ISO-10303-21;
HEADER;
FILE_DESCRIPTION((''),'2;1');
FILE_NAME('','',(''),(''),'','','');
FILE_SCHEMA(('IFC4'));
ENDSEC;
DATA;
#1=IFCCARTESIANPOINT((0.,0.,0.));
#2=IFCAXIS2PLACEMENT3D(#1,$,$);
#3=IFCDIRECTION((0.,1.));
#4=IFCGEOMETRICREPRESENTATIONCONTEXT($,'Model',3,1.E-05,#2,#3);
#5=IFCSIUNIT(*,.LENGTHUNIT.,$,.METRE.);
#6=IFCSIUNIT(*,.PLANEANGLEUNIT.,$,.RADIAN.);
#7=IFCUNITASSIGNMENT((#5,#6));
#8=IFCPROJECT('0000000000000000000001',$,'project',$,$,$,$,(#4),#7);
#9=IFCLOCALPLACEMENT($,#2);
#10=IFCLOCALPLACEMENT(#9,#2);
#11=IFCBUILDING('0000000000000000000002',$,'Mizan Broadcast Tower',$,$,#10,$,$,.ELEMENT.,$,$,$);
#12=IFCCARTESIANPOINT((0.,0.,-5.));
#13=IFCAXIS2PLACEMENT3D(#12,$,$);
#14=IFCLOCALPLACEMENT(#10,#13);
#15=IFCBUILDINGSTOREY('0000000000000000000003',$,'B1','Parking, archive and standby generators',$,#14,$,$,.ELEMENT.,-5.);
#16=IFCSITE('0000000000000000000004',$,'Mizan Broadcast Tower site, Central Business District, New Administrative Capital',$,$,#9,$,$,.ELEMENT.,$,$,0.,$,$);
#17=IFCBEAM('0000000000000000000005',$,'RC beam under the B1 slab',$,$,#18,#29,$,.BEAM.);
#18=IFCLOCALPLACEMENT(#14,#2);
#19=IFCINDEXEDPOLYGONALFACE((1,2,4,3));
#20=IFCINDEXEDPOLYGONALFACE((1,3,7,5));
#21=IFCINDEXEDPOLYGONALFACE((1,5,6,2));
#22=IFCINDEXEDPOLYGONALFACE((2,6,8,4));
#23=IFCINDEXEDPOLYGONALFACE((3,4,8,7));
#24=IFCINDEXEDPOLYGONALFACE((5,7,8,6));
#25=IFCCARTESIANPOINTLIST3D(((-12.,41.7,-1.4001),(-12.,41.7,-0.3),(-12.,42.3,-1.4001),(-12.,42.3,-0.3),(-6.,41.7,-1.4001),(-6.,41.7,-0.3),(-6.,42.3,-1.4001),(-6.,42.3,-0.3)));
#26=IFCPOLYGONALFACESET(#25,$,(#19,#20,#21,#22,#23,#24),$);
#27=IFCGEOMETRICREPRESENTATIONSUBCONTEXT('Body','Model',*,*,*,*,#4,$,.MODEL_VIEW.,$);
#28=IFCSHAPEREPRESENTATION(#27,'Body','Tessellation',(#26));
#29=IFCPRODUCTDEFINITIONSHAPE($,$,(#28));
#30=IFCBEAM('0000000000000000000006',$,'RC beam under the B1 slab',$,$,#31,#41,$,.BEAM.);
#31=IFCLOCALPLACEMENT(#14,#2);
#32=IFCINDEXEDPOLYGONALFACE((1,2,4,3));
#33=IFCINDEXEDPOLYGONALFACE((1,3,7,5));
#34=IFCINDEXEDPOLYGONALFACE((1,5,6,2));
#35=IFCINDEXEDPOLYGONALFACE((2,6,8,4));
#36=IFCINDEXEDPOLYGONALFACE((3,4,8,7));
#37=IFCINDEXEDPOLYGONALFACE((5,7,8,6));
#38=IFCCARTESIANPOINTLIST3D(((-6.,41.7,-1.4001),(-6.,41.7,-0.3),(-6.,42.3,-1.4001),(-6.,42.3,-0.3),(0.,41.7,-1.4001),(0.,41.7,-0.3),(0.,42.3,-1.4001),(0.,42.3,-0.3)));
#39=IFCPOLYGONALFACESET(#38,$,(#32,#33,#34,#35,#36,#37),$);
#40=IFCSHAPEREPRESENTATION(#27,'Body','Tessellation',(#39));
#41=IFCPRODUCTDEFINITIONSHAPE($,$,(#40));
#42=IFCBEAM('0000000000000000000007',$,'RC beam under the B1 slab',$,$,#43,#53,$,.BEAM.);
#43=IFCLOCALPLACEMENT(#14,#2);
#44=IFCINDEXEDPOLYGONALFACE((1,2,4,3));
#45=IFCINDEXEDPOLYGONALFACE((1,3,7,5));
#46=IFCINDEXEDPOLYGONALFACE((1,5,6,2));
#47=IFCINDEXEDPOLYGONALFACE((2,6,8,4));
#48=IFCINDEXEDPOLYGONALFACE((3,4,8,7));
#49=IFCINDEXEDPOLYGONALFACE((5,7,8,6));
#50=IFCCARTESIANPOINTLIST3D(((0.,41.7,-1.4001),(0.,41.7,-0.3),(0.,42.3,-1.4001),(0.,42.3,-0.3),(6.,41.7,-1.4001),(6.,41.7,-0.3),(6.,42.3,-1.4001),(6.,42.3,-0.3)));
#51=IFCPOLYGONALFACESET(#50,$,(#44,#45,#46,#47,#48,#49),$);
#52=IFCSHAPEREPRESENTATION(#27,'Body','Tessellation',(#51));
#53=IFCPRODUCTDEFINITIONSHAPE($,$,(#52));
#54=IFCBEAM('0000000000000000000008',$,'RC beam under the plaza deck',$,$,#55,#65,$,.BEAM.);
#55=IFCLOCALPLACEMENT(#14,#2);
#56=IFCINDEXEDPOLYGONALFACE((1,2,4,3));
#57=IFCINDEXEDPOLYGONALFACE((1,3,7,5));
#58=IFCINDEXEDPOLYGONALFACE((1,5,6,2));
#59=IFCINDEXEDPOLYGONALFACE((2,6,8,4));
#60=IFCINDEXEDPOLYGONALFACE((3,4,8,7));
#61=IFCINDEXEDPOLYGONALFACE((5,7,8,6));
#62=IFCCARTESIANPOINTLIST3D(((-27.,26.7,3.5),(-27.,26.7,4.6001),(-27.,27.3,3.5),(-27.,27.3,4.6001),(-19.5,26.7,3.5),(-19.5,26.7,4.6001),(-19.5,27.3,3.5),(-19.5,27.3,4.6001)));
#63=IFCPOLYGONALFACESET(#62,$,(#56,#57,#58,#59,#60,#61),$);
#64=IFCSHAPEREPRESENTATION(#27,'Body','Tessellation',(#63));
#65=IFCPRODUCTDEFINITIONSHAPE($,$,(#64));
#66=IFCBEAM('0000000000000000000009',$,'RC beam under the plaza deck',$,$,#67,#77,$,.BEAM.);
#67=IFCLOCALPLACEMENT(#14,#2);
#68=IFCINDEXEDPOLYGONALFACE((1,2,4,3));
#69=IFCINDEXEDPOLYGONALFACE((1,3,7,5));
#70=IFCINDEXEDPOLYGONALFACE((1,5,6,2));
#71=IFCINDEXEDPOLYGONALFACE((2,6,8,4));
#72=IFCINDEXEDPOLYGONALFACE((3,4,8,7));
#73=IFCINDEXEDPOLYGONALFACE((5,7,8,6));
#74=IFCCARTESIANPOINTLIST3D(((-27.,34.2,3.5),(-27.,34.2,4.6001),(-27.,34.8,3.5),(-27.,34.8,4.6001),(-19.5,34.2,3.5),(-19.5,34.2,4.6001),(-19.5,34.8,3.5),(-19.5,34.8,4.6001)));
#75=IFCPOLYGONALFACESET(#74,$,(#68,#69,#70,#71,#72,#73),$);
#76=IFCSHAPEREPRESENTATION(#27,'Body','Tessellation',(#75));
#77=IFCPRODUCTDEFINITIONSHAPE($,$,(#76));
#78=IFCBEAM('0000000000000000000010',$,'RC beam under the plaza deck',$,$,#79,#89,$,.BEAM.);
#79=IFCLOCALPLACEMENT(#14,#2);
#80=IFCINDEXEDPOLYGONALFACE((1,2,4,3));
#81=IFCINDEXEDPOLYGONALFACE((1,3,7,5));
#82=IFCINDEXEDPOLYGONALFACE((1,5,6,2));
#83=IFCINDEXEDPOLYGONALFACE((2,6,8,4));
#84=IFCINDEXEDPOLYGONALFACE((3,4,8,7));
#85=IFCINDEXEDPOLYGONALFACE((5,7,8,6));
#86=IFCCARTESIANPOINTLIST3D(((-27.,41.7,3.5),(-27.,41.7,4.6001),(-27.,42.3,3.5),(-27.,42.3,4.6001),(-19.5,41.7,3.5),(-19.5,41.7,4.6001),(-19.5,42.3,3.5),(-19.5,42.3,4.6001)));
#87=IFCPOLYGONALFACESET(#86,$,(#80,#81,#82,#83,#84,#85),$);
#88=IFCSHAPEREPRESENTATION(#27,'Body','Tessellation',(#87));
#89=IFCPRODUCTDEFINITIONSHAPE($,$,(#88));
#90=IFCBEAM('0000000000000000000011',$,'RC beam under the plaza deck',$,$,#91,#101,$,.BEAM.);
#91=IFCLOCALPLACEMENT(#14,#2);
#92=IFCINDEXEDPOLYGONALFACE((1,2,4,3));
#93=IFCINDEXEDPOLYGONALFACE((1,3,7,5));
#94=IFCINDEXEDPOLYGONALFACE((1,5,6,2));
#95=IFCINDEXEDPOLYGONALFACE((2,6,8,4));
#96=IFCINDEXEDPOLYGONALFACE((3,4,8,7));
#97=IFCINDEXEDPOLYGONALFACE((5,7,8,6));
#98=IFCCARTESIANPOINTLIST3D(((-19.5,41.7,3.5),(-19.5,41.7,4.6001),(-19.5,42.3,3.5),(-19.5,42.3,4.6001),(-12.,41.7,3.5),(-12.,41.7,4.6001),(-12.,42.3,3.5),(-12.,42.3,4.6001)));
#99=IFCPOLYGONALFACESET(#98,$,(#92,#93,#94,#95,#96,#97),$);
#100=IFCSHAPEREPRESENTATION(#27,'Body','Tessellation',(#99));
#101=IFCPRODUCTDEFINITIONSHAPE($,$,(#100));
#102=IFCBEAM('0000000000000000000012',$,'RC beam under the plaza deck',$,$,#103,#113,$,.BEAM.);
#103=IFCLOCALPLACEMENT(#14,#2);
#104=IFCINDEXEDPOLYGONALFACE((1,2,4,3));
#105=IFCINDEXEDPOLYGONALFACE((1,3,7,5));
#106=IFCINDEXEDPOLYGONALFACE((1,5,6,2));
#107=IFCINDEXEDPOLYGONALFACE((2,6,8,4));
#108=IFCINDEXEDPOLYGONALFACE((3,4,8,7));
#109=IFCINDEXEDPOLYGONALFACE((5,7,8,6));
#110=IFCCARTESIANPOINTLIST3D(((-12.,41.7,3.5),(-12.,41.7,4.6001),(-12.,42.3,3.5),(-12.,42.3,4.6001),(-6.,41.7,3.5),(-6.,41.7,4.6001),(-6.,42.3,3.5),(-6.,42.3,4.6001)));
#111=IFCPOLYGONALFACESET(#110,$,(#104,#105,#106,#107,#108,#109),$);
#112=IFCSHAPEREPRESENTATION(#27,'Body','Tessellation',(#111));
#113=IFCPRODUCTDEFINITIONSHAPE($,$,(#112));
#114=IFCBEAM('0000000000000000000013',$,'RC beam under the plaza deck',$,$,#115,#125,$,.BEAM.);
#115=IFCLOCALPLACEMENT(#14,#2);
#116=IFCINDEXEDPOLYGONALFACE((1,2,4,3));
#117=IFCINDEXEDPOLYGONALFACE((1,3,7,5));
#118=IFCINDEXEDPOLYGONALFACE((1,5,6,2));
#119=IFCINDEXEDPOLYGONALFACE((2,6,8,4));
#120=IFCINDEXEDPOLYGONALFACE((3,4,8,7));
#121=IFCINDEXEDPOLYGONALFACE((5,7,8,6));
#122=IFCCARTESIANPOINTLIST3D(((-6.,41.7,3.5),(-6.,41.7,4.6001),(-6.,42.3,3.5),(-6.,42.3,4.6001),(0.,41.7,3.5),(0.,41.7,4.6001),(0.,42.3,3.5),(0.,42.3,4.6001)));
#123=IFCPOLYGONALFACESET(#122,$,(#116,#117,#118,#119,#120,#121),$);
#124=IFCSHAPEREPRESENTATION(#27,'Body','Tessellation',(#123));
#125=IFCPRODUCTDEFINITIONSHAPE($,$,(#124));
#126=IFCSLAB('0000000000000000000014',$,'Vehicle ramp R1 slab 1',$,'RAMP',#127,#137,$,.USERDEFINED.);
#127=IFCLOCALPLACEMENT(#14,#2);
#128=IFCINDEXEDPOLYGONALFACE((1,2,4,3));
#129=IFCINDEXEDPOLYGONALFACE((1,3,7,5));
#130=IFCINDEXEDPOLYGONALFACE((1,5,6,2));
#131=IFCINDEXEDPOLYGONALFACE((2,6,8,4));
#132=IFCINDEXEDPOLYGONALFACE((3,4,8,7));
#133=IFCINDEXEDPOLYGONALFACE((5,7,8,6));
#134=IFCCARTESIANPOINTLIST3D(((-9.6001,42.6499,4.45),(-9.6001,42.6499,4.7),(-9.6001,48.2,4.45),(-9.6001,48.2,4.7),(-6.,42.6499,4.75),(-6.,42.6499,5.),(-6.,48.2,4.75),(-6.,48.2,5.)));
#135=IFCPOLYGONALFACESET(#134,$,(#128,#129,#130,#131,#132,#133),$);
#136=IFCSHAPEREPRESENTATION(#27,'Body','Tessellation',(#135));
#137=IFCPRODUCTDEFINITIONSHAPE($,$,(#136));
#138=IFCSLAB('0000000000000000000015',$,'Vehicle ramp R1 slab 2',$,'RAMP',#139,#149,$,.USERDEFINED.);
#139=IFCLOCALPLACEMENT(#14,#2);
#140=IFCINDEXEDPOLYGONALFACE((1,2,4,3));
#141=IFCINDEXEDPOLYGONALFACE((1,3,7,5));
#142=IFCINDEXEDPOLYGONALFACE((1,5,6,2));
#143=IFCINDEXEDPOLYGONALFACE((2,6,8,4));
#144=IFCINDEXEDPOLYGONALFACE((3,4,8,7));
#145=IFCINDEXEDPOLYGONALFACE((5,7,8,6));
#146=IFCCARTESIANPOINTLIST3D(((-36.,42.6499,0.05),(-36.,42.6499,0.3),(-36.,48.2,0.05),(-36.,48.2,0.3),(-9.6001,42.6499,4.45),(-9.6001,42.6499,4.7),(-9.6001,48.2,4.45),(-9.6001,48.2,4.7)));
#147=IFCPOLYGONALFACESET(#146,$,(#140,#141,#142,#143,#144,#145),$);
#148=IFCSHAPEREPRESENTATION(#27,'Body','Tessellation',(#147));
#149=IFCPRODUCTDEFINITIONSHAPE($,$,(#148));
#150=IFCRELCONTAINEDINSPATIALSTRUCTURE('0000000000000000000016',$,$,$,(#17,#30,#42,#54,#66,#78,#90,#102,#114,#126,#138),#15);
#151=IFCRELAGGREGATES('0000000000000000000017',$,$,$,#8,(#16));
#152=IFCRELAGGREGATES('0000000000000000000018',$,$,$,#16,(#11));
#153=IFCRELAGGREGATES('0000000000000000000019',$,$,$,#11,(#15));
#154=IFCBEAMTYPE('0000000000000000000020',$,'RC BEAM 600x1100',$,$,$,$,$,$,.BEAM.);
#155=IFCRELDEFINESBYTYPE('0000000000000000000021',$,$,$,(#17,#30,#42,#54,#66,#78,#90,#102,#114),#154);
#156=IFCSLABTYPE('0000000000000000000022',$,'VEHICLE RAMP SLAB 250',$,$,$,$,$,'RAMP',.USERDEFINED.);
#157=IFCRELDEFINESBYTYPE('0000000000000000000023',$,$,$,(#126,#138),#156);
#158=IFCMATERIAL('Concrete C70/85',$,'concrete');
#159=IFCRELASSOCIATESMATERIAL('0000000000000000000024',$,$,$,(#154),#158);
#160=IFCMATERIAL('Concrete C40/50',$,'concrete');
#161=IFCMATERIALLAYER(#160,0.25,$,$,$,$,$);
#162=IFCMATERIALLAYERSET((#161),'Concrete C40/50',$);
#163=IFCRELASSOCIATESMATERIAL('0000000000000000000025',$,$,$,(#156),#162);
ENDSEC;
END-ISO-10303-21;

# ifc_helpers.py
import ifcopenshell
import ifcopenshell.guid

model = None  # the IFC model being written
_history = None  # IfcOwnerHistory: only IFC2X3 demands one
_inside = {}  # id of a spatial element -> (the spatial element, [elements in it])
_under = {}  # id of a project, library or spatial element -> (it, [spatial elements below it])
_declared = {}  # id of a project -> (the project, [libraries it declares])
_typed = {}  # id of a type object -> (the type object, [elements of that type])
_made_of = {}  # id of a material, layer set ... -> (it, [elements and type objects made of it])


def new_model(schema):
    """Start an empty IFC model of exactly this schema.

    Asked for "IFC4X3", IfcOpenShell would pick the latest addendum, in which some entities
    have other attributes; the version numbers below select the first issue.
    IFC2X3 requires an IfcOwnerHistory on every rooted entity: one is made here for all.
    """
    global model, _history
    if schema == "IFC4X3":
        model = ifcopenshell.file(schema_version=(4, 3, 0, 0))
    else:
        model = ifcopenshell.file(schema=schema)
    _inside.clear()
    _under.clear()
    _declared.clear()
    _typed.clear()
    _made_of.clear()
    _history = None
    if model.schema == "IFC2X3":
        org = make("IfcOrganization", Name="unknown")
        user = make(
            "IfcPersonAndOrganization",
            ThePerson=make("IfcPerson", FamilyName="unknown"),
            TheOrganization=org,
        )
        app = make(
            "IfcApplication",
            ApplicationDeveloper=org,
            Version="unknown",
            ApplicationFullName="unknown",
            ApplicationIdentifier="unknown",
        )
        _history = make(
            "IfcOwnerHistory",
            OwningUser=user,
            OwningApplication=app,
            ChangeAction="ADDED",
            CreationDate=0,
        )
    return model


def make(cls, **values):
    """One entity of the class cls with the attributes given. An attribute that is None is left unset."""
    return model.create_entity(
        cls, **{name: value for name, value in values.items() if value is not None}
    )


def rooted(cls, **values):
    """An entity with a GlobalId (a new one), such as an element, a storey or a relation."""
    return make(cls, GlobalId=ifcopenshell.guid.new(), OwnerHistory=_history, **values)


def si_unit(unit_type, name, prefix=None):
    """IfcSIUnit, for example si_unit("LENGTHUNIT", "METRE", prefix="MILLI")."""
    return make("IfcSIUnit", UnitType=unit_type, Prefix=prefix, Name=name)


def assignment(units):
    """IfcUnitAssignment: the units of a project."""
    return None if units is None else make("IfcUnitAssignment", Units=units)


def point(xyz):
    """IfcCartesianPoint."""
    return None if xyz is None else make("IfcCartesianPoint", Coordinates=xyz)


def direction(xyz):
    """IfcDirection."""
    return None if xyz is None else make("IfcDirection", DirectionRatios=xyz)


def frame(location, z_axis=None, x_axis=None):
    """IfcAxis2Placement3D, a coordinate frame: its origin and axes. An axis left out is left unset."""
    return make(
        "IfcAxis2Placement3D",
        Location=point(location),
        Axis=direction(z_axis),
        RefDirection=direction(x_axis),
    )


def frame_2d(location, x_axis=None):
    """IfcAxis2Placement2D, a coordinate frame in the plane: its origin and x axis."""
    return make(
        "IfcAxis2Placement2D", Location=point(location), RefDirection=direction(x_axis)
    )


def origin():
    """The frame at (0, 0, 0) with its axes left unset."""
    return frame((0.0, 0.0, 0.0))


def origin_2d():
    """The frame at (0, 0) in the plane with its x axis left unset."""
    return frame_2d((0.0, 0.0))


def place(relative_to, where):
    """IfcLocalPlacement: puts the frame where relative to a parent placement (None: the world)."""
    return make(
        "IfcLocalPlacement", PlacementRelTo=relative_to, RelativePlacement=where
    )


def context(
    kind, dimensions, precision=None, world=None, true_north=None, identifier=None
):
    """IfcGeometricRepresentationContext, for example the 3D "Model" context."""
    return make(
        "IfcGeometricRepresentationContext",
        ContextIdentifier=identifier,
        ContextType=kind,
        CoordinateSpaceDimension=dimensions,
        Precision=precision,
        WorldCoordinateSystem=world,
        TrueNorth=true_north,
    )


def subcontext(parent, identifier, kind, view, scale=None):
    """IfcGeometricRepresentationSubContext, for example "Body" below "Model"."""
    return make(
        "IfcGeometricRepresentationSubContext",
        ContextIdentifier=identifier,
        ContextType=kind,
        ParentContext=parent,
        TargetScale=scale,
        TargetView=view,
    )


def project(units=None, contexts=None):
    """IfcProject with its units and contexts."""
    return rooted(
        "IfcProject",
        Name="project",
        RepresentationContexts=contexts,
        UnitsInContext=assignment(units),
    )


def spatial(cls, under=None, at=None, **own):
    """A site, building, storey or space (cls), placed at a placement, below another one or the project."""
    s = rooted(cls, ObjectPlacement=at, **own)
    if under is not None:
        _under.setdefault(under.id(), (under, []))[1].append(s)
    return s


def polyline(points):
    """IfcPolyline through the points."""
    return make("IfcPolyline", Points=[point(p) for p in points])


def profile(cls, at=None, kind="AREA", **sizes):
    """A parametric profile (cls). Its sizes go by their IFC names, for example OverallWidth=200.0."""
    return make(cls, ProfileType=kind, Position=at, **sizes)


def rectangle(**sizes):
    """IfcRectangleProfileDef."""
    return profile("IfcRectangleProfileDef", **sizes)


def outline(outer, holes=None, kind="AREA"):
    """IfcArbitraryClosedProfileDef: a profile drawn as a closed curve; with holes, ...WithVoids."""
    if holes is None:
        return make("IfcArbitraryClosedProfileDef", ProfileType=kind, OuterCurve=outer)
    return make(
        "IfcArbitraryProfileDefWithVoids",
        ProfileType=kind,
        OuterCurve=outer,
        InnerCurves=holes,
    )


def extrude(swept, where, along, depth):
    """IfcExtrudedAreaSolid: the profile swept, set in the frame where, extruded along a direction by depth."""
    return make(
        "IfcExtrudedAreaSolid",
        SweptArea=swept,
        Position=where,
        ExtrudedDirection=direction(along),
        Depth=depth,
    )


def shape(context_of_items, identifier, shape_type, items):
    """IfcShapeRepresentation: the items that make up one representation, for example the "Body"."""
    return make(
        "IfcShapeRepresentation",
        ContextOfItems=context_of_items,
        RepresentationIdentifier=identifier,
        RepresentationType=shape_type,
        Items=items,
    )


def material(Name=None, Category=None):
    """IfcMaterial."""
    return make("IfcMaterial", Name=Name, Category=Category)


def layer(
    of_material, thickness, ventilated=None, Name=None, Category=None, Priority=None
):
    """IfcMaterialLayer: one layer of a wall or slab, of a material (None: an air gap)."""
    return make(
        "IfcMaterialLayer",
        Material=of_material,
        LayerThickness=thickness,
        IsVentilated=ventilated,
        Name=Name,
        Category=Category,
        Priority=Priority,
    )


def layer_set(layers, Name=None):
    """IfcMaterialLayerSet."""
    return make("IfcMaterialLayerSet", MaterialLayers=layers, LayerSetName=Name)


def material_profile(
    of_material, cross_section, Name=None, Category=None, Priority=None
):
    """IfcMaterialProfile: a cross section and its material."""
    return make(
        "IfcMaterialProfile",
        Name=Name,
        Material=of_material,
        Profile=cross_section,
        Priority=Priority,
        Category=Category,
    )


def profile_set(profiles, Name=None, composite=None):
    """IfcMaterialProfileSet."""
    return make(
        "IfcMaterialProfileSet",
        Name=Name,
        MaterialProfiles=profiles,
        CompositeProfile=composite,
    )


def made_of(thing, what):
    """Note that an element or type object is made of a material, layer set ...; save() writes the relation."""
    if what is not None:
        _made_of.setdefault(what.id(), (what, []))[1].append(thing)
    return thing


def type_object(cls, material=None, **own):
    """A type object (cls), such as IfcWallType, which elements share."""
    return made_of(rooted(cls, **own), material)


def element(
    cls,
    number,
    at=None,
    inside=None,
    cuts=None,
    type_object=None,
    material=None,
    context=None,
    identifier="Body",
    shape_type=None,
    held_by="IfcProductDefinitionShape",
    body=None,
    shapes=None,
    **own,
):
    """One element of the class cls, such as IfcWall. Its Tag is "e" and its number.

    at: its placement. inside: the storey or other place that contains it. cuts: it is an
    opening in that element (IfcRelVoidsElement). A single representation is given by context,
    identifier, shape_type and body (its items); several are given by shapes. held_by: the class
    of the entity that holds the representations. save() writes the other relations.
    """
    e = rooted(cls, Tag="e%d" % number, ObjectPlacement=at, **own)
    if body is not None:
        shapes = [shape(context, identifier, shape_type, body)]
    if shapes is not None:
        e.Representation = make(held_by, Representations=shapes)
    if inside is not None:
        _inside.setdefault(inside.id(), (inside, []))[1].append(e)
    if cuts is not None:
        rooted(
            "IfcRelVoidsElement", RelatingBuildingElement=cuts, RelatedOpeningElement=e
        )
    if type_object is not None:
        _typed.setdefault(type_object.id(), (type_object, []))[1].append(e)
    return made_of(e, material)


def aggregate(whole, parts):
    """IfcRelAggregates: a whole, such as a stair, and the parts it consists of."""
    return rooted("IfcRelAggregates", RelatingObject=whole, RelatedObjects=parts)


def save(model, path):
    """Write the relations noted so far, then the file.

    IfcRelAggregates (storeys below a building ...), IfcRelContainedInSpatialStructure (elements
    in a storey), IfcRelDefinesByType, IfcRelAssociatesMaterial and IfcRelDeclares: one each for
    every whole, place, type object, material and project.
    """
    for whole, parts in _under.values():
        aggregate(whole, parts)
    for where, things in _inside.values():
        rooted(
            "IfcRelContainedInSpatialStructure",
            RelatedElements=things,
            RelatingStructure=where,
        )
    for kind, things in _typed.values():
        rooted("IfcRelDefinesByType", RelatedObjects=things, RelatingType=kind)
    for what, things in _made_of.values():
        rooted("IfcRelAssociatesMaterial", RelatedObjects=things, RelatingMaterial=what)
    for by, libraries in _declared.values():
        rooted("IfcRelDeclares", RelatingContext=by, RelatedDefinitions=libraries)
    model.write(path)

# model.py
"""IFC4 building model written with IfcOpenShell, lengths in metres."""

from ifc_helpers import new_model, si_unit, direction, frame, origin, origin_2d, place, context, subcontext, project, spatial, polyline, rectangle, outline, extrude, material, layer, layer_set, material_profile, profile_set, type_object, element, save


model = new_model("IFC4")

# Units and contexts
model_context = context("Model", 3, precision=1e-05, world=origin(), true_north=direction((0.0, 1.0)))
body_context = subcontext(model_context, "Body", "Model", "MODEL_VIEW")
ifc_project = project(units=[si_unit("LENGTHUNIT", "METRE"), si_unit("PLANEANGLEUNIT", "RADIAN")], contexts=[model_context])

# Site, building, storey
site_placement = place(None, origin())
site = spatial("IfcSite", under=ifc_project, at=site_placement, Name="Mizan Broadcast Tower site, Central Business District, New Administrative Capital", CompositionType="ELEMENT", RefElevation=0.0)
building_placement = place(site_placement, origin())
building = spatial("IfcBuilding", under=site, at=building_placement, Name="Mizan Broadcast Tower", CompositionType="ELEMENT")
storey_placement = place(building_placement, frame((0.0, 0.0, -5.0)))
storey = spatial("IfcBuildingStorey", under=building, at=storey_placement, Name="B1", Description="Parking, archive and standby generators", CompositionType="ELEMENT", Elevation=-5.0)

# Beams
ifc_material_1 = material(Name="Concrete C70/85", Category="concrete")
ifc_material_profile_1 = material_profile(ifc_material_1, rectangle(XDim=0.6001, YDim=1.1001, at=origin_2d()), Name="RC 600x1100")
ifc_profile_set_1 = profile_set([ifc_material_profile_1], Name="Concrete C70/85")
beam_type = type_object("IfcBeamType", Name="RC BEAM 600x1100", PredefinedType="BEAM", material=ifc_profile_set_1)
for number, where, z_axis, x_axis, name in (
    (1, (-12.0, 42.0, -0.8501), (1.0, 0.0, 0.0), (0.0, 1.0, 0.0), "RC beam under the B1 slab"),
    (2, (-6.0, 42.0, -0.8501), (1.0, 0.0, 0.0), (0.0, 1.0, 0.0), "RC beam under the B1 slab"),
    (3, (0.0, 42.0, -0.8501), (1.0, 0.0, 0.0), (0.0, 1.0, 0.0), "RC beam under the B1 slab"),
):
    element("IfcBeam", number, at=place(storey_placement, frame(where, z_axis=z_axis, x_axis=x_axis)), inside=storey, type_object=beam_type, Name=name, PredefinedType="BEAM", context=body_context, shape_type="SweptSolid", body=[
        extrude(rectangle(XDim=0.6001, YDim=1.1001, at=origin_2d()), origin(), (0.0, 0.0, 1.0), 6.0),
    ])
for number, where, z_axis, x_axis, name in (
    (4, (-27.0, 27.0, 4.05), (1.0, 0.0, 0.0), (0.0, 1.0, 0.0), "RC beam under the plaza deck"),
    (5, (-27.0, 34.5, 4.05), (1.0, 0.0, 0.0), (0.0, 1.0, 0.0), "RC beam under the plaza deck"),
    (6, (-27.0, 42.0, 4.05), (1.0, 0.0, 0.0), (0.0, 1.0, 0.0), "RC beam under the plaza deck"),
    (7, (-19.5, 42.0, 4.05), (1.0, 0.0, 0.0), (0.0, 1.0, 0.0), "RC beam under the plaza deck"),
):
    element("IfcBeam", number, at=place(storey_placement, frame(where, z_axis=z_axis, x_axis=x_axis)), inside=storey, type_object=beam_type, Name=name, PredefinedType="BEAM", context=body_context, shape_type="SweptSolid", body=[
        extrude(rectangle(XDim=0.6001, YDim=1.1001, at=origin_2d()), origin(), (0.0, 0.0, 1.0), 7.5),
    ])
for number, where, z_axis, x_axis, name in (
    (8, (-12.0, 42.0, 4.05), (1.0, 0.0, 0.0), (0.0, 1.0, 0.0), "RC beam under the plaza deck"),
    (9, (-6.0, 42.0, 4.05), (1.0, 0.0, 0.0), (0.0, 1.0, 0.0), "RC beam under the plaza deck"),
):
    element("IfcBeam", number, at=place(storey_placement, frame(where, z_axis=z_axis, x_axis=x_axis)), inside=storey, type_object=beam_type, Name=name, PredefinedType="BEAM", context=body_context, shape_type="SweptSolid", body=[
        extrude(rectangle(XDim=0.6001, YDim=1.1001, at=origin_2d()), origin(), (0.0, 0.0, 1.0), 6.0),
    ])

# Slabs
ifc_material_2 = material(Name="Concrete C40/50", Category="concrete")
ifc_layer = layer(ifc_material_2, 0.25)
ifc_layer_set = layer_set([ifc_layer], Name="Concrete C40/50")
slab_type = type_object("IfcSlabType", Name="VEHICLE RAMP SLAB 250", ElementType="RAMP", PredefinedType="USERDEFINED", material=ifc_layer_set)
slab_1_placement = place(storey_placement, frame((-6.0, 42.6499, 5.0), z_axis=(-0.083057, 0.0, 0.996545), x_axis=(-0.996545, 0.0, -0.083057)))
element("IfcSlab", 10, at=slab_1_placement, inside=storey, type_object=slab_type, Name="Vehicle ramp R1 slab 1", ObjectType="RAMP", PredefinedType="USERDEFINED", context=body_context, shape_type="SweptSolid", body=[
    extrude(outline(polyline([(0.0, 0.0), (3.6126, 0.0), (3.6126, -5.55), (0.0, -5.55), (0.0, 0.0)])), origin(), (0.083057, 0.0, -0.996545), 0.25),
])
slab_2_placement = place(storey_placement, frame((-9.6001, 42.6499, 4.7), z_axis=(-0.164396, 0.0, 0.986394), x_axis=(-0.986394, 0.0, -0.164396)))
element("IfcSlab", 11, at=slab_2_placement, inside=storey, type_object=slab_type, Name="Vehicle ramp R1 slab 2", ObjectType="RAMP", PredefinedType="USERDEFINED", context=body_context, shape_type="SweptSolid", body=[
    extrude(outline(polyline([(0.0, 0.0), (26.764, 0.0), (26.764, -5.55), (0.0, -5.55), (0.0, 0.0)])), origin(), (0.164396, 0.0, -0.986394), 0.25),
])

save(model, "model.ifc")
